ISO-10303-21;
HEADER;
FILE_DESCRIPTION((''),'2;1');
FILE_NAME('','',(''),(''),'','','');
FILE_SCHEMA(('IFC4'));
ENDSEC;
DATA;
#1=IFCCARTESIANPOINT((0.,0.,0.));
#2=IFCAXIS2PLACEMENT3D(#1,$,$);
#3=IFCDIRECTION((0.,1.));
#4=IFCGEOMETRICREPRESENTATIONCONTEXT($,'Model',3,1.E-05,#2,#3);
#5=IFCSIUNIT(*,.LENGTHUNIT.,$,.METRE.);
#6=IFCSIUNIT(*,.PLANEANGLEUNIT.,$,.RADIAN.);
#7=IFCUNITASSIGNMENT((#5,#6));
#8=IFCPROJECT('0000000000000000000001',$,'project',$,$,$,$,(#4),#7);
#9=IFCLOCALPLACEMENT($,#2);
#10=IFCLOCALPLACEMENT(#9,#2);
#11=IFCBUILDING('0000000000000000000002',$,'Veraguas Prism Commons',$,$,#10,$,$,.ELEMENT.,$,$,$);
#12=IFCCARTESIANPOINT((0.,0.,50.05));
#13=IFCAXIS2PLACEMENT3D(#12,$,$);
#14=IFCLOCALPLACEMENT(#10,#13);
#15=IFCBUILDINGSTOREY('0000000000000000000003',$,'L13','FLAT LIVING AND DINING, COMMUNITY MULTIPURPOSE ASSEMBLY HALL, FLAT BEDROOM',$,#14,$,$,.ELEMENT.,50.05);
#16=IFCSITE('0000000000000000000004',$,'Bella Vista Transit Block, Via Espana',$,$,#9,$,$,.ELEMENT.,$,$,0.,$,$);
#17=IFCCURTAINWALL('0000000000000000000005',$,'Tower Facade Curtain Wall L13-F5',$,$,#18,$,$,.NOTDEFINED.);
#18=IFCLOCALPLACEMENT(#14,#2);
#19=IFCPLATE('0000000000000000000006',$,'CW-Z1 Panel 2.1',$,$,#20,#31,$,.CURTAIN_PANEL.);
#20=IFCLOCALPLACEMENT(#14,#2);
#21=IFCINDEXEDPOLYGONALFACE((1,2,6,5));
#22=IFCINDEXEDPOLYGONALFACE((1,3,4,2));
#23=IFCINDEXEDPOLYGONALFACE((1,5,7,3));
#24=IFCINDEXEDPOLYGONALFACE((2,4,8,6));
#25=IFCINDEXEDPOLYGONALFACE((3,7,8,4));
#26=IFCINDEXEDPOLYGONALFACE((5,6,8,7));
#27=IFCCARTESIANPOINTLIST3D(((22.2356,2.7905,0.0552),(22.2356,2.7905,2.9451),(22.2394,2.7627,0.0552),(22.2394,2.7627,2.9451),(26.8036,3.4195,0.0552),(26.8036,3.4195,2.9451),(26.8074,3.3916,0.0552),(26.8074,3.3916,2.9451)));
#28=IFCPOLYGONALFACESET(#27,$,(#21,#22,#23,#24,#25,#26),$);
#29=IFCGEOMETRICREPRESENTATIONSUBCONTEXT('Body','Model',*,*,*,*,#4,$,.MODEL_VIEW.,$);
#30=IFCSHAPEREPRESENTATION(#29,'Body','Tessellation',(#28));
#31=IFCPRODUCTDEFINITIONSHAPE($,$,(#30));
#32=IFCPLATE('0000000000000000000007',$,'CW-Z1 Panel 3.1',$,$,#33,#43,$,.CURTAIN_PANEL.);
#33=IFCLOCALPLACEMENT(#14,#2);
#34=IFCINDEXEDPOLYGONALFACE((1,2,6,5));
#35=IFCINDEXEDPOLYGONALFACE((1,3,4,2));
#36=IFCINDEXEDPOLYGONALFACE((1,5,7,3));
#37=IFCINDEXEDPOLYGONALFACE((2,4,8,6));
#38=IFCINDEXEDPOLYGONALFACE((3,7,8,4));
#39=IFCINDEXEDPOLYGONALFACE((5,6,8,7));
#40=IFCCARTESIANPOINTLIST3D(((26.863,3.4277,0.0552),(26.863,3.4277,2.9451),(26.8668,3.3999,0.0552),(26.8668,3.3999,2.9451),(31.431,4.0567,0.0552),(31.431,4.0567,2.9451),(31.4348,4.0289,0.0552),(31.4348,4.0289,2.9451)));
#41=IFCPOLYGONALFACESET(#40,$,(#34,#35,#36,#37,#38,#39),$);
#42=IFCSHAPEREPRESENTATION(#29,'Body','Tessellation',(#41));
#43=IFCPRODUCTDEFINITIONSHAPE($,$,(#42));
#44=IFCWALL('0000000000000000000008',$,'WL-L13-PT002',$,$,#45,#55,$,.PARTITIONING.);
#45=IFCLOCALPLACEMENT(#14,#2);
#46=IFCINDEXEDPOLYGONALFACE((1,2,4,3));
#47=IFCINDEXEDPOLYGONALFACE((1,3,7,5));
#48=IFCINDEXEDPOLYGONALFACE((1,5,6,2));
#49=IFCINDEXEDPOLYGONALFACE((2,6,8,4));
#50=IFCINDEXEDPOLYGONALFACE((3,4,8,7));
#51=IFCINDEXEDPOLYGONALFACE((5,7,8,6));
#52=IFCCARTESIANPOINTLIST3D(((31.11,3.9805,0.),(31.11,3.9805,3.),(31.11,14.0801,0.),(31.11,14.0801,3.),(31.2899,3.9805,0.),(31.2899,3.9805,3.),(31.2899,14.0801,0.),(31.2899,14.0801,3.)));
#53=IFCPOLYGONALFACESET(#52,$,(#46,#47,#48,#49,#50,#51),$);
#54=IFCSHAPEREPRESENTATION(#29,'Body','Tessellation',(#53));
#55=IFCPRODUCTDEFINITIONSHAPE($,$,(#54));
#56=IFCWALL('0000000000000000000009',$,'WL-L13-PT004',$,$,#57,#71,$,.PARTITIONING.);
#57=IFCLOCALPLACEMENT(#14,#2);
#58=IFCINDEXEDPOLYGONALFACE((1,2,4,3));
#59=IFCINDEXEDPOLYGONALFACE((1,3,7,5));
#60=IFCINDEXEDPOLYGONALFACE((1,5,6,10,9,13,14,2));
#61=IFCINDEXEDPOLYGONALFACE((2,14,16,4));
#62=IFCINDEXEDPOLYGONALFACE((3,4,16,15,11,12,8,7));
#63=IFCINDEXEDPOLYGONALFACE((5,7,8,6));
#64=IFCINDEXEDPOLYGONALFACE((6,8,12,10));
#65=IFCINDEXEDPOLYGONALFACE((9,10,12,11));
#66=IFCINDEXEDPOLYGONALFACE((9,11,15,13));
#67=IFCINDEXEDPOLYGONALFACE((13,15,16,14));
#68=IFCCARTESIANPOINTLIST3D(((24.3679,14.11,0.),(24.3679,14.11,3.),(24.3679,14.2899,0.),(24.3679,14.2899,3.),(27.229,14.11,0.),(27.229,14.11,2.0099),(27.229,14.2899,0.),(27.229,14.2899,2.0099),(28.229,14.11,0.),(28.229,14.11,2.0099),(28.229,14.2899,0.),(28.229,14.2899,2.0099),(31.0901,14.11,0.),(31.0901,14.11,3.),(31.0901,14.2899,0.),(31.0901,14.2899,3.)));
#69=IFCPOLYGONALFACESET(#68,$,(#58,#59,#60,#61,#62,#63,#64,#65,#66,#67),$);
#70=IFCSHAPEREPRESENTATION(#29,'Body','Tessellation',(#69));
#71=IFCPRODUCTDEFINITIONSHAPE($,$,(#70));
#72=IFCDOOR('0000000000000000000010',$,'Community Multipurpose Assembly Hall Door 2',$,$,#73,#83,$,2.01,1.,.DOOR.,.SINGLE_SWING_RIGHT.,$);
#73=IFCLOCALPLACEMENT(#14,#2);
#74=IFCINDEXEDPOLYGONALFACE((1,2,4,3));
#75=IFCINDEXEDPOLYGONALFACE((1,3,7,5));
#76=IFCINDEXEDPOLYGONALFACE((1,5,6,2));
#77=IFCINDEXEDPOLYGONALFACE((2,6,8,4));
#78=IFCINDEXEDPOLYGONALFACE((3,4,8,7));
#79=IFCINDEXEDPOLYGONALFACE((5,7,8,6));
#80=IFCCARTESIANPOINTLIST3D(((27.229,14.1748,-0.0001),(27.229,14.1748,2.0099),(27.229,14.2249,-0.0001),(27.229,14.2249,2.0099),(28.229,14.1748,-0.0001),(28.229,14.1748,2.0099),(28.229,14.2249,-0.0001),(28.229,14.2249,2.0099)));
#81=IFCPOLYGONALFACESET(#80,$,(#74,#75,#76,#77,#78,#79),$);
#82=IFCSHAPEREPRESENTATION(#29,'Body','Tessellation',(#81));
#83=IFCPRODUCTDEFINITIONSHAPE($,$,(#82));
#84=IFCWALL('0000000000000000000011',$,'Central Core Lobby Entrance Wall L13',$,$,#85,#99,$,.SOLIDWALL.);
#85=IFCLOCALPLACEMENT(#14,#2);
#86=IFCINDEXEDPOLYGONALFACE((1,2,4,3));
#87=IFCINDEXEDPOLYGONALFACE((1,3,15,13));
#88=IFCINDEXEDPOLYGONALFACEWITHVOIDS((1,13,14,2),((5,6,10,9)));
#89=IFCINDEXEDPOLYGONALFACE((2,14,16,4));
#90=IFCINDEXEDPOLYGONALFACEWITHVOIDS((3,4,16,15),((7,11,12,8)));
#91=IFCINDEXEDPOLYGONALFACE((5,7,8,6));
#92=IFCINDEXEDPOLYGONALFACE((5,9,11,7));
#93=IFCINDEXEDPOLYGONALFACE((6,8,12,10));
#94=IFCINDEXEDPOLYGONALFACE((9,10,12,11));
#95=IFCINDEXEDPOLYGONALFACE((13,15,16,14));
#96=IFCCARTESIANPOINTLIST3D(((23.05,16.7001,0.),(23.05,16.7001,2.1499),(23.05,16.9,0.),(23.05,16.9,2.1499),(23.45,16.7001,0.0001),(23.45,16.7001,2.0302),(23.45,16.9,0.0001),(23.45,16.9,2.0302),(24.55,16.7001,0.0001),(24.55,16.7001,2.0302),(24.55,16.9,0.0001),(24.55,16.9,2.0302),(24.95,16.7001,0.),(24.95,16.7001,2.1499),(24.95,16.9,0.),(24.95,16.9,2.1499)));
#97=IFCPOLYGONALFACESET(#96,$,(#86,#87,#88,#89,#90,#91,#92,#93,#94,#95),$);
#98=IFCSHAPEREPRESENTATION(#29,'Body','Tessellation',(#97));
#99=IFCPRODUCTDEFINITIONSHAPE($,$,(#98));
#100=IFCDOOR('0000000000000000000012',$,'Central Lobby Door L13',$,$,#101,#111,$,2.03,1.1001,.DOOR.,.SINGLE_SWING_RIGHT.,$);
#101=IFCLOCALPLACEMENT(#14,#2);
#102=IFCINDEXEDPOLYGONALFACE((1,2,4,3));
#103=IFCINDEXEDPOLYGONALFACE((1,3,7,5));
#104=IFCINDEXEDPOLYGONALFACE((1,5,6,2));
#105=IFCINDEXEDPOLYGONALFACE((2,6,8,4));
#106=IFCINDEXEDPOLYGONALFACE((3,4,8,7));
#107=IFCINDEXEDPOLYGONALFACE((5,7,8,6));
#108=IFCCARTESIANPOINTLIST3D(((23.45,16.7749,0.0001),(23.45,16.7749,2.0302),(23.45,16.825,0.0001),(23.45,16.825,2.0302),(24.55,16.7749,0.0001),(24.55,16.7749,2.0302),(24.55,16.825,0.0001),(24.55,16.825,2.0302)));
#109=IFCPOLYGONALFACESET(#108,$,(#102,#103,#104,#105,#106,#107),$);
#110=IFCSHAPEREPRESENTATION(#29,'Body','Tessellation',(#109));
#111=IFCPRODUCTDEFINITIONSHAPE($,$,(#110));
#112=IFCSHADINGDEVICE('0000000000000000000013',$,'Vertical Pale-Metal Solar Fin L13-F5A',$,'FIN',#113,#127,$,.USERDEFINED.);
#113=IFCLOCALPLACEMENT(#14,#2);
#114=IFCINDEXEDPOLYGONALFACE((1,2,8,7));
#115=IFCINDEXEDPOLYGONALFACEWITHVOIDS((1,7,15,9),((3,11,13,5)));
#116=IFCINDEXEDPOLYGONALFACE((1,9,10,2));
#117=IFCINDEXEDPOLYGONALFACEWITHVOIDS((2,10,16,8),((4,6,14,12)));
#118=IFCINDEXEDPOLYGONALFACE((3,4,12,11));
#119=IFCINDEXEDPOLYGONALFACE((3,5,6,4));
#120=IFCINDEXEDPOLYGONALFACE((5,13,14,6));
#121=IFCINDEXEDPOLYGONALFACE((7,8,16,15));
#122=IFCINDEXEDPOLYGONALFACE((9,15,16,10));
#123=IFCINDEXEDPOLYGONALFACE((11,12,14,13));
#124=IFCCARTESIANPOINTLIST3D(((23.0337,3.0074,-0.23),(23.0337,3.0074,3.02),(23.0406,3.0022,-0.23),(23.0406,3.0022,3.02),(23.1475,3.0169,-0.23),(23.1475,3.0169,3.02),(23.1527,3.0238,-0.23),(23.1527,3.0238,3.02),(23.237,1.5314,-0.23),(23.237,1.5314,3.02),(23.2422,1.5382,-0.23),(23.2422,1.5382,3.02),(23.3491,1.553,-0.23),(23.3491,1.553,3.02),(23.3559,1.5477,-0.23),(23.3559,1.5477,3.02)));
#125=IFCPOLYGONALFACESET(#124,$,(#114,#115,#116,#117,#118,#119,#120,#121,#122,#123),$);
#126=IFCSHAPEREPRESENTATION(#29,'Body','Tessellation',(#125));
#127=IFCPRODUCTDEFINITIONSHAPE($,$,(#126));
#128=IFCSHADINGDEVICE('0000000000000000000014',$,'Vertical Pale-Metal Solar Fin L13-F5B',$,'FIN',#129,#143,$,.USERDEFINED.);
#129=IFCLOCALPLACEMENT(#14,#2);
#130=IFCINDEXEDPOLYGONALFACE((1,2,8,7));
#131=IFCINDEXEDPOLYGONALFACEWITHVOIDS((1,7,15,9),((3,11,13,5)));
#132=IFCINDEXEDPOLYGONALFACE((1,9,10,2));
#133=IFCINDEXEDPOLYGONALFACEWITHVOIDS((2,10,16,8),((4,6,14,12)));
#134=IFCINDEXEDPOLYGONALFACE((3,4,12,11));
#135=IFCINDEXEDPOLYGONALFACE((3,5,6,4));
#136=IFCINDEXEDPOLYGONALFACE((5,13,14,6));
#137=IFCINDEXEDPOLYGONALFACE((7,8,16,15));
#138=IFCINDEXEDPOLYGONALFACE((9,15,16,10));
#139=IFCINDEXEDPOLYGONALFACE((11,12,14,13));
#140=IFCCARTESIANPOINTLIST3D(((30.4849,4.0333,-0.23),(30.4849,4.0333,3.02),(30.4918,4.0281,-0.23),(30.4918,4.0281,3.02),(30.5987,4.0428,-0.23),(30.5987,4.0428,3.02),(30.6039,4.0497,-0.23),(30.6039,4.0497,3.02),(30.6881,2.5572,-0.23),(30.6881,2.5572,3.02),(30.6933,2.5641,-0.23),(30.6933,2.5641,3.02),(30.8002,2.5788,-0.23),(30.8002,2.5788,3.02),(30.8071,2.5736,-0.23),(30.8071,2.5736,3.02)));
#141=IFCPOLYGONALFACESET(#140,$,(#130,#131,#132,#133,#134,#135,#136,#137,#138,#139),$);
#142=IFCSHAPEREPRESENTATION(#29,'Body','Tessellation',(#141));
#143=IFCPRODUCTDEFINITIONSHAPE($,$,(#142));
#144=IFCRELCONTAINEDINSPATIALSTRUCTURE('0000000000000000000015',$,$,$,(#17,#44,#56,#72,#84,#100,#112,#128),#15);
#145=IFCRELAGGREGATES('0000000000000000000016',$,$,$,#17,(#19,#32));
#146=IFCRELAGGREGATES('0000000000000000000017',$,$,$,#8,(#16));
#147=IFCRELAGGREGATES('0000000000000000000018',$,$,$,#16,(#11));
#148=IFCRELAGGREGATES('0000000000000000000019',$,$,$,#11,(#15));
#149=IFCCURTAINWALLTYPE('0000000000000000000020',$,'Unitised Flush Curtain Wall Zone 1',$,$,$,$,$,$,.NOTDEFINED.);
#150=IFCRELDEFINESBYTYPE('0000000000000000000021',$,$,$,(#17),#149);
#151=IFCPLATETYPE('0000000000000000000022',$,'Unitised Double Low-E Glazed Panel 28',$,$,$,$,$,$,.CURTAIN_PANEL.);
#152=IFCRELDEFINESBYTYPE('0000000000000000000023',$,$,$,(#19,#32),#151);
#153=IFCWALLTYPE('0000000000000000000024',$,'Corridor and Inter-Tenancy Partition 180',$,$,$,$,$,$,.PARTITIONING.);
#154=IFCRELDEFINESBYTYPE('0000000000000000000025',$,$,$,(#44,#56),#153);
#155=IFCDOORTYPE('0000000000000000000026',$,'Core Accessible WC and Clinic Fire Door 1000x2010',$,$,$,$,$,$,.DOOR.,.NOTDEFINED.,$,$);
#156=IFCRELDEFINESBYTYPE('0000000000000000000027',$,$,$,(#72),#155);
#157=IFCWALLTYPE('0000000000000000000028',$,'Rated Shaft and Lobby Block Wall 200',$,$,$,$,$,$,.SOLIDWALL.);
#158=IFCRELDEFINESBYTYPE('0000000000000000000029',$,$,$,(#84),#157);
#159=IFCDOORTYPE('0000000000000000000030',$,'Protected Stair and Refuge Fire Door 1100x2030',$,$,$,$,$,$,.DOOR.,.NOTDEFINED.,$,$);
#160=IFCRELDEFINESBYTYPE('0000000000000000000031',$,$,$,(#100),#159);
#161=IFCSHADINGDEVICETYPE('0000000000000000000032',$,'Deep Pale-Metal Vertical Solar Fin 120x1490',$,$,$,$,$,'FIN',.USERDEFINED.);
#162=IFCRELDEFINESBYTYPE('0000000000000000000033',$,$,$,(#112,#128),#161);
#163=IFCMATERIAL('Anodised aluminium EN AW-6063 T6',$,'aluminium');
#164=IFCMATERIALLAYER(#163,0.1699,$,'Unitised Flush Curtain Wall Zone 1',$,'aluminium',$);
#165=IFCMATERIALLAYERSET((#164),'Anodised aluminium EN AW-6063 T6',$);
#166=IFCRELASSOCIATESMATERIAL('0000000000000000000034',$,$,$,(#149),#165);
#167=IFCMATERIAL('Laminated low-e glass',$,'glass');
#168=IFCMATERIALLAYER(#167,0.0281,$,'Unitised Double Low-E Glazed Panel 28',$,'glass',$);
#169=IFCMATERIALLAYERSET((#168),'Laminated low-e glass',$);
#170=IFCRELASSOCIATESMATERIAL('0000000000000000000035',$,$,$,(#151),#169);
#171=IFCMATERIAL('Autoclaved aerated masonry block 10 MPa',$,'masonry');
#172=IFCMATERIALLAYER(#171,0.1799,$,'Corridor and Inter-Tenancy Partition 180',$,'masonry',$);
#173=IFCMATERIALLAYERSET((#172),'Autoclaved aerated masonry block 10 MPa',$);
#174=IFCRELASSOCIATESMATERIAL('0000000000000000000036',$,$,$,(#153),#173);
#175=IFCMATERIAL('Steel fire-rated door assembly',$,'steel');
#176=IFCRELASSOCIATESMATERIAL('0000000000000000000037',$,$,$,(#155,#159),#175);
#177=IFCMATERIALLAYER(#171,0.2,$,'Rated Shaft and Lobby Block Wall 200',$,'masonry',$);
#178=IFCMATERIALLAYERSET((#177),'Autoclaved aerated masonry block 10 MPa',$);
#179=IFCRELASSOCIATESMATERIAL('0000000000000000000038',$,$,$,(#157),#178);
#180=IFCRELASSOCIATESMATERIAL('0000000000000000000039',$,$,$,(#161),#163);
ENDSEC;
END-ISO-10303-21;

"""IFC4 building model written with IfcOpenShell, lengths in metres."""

from ifc_helpers import new_model, si_unit, direction, frame, frame_2d, origin, origin_2d, place, context, subcontext, project, spatial, rectangle, hollow_rectangle, extrude, source, transform, mapped, material, layer, layer_set, material_profile, profile_set, type_object, element, fill, aggregate, save


model = new_model("IFC4")

# Units and contexts
model_context = context("Model", 3, precision=1e-05, world=origin(), true_north=direction((0.0, 1.0)))
body_context = subcontext(model_context, "Body", "Model", "MODEL_VIEW")
ifc_project = project(units=[si_unit("LENGTHUNIT", "METRE"), si_unit("PLANEANGLEUNIT", "RADIAN")], contexts=[model_context])

# Site, building, storey
site_placement = place(None, origin())
site = spatial("IfcSite", under=ifc_project, at=site_placement, Name="Bella Vista Transit Block, Via Espana", CompositionType="ELEMENT", RefElevation=0.0)
building_placement = place(site_placement, origin())
building = spatial("IfcBuilding", under=site, at=building_placement, Name="Veraguas Prism Commons", CompositionType="ELEMENT")
storey_placement = place(building_placement, frame((0.0, 0.0, 50.05)))
storey = spatial("IfcBuildingStorey", under=building, at=storey_placement, Name="L13", Description="FLAT LIVING AND DINING, COMMUNITY MULTIPURPOSE ASSEMBLY HALL, FLAT BEDROOM", CompositionType="ELEMENT", Elevation=50.05)

# Curtain wall, plates
ifc_material_1 = material(Name="Anodised aluminium EN AW-6063 T6", Category="aluminium")
ifc_layer_1 = layer(ifc_material_1, 0.1699, Name="Unitised Flush Curtain Wall Zone 1", Category="aluminium")
ifc_layer_set_1 = layer_set([ifc_layer_1], Name="Anodised aluminium EN AW-6063 T6")
curtain_wall_type = type_object("IfcCurtainWallType", Name="Unitised Flush Curtain Wall Zone 1", PredefinedType="NOTDEFINED", material=ifc_layer_set_1)
curtain_wall_placement = place(storey_placement, origin())
curtain_wall = element("IfcCurtainWall", 1, at=curtain_wall_placement, inside=storey, type_object=curtain_wall_type, Name="Tower Facade Curtain Wall L13-F5", PredefinedType="NOTDEFINED")
ifc_material_2 = material(Name="Laminated low-e glass", Category="glass")
ifc_layer_2 = layer(ifc_material_2, 0.0281, Name="Unitised Double Low-E Glazed Panel 28", Category="glass")
ifc_layer_set_2 = layer_set([ifc_layer_2], Name="Laminated low-e glass")
plate_type = type_object("IfcPlateType", Name="Unitised Double Low-E Glazed Panel 28", PredefinedType="CURTAIN_PANEL", material=ifc_layer_set_2)
shared_shape_1 = source(origin(), body_context, "Body", "SweptSolid", [
    extrude(rectangle(XDim=4.6111, YDim=0.0281, at=origin_2d()), origin(), (0.0, 0.0, 1.0), 2.8899),
])
plate_1_placement = place(storey_placement, frame((24.5215, 3.0911, 0.0552), z_axis=(0.0, 0.0, 1.0), x_axis=(0.990653, 0.136405, 0.0)))
plate_1 = element("IfcPlate", 2, at=plate_1_placement, type_object=plate_type, Name="CW-Z1 Panel 2.1", PredefinedType="CURTAIN_PANEL", context=body_context, shape_type="MappedRepresentation", body=[
    mapped(shared_shape_1, transform((0.0, 0.0, 0.0), scale=1.0)),
])
plate_2_placement = place(storey_placement, frame((29.1489, 3.7283, 0.0552), z_axis=(0.0, 0.0, 1.0), x_axis=(0.990653, 0.136405, 0.0)))
plate_2 = element("IfcPlate", 3, at=plate_2_placement, type_object=plate_type, Name="CW-Z1 Panel 3.1", PredefinedType="CURTAIN_PANEL", context=body_context, shape_type="MappedRepresentation", body=[
    mapped(shared_shape_1, transform((0.0, 0.0, 0.0), scale=1.0)),
])
aggregate(curtain_wall, [plate_1, plate_2])

# Wall
ifc_material_3 = material(Name="Autoclaved aerated masonry block 10 MPa", Category="masonry")
ifc_layer_3 = layer(ifc_material_3, 0.1799, Name="Corridor and Inter-Tenancy Partition 180", Category="masonry")
ifc_layer_set_3 = layer_set([ifc_layer_3], Name="Autoclaved aerated masonry block 10 MPa")
wall_type_1 = type_object("IfcWallType", Name="Corridor and Inter-Tenancy Partition 180", PredefinedType="PARTITIONING", material=ifc_layer_set_3)
wall_1_placement = place(storey_placement, frame((31.2, 14.0801, 0.0), z_axis=(0.0, 0.0, 1.0), x_axis=(0.0, -1.0, 0.0)))
element("IfcWall", 4, at=wall_1_placement, inside=storey, type_object=wall_type_1, Name="WL-L13-PT002", PredefinedType="PARTITIONING", context=body_context, shape_type="SweptSolid", body=[
    extrude(rectangle(XDim=10.0996, YDim=0.1799, at=frame_2d((5.0498, 0.0))), origin(), (0.0, 0.0, 1.0), 3.0),
])

# Walls, openings, doors
wall_2_placement = place(storey_placement, frame((24.3679, 14.2, 0.0), z_axis=(0.0, 0.0, 1.0), x_axis=(1.0, 0.0, 0.0)))
wall_2 = element("IfcWall", 5, at=wall_2_placement, inside=storey, type_object=wall_type_1, Name="WL-L13-PT004", PredefinedType="PARTITIONING", context=body_context, shape_type="SweptSolid", body=[
    extrude(rectangle(XDim=6.7222, YDim=0.1799, at=frame_2d((3.3611, 0.0))), origin(), (0.0, 0.0, 1.0), 3.0),
])
opening_1_placement = place(wall_2_placement, frame((2.8611, 0.0, 0.0)))
opening_1 = element("IfcOpeningElement", 6, at=opening_1_placement, cuts=wall_2, PredefinedType="OPENING", context=body_context, shape_type="SweptSolid", body=[
    extrude(rectangle(XDim=1.0, YDim=2.01, at=frame_2d((0.5, 1.0049))), frame((0.0, 0.0999, 0.0), z_axis=(0.0, -1.0, 0.0), x_axis=(1.0, 0.0, 0.0)), (0.0, 0.0, 1.0), 0.2),
])
ifc_material_4 = material(Name="Steel fire-rated door assembly", Category="steel")
door_type_1 = type_object("IfcDoorType", Name="Core Accessible WC and Clinic Fire Door 1000x2010", OperationType="NOTDEFINED", PredefinedType="DOOR", material=ifc_material_4)
shared_shape_2 = source(origin(), body_context, "Body", "SweptSolid", [
    extrude(rectangle(XDim=1.0, YDim=2.01, at=frame_2d((0.5, 1.0049))), frame((0.0, 0.0249, 0.0), z_axis=(0.0, -1.0, 0.0), x_axis=(1.0, 0.0, 0.0)), (0.0, 0.0, 1.0), 0.05),
])
door_1_placement = place(opening_1_placement, origin())
door_1 = element("IfcDoor", 7, at=door_1_placement, inside=storey, type_object=door_type_1, Name="Community Multipurpose Assembly Hall Door 2", OperationType="SINGLE_SWING_RIGHT", OverallHeight=2.01, OverallWidth=1.0, PredefinedType="DOOR", context=body_context, shape_type="MappedRepresentation", body=[
    mapped(shared_shape_2, transform((0.0, 0.0, 0.0), scale=1.0)),
])
fill(opening_1, door_1)
ifc_layer_4 = layer(ifc_material_3, 0.2, Name="Rated Shaft and Lobby Block Wall 200", Category="masonry")
ifc_layer_set_4 = layer_set([ifc_layer_4], Name="Autoclaved aerated masonry block 10 MPa")
wall_type_2 = type_object("IfcWallType", Name="Rated Shaft and Lobby Block Wall 200", PredefinedType="SOLIDWALL", material=ifc_layer_set_4)
wall_3_placement = place(storey_placement, frame((23.05, 16.8, 0.0), z_axis=(0.0, 0.0, 1.0), x_axis=(1.0, 0.0, 0.0)))
wall_3 = element("IfcWall", 8, at=wall_3_placement, inside=storey, type_object=wall_type_2, Name="Central Core Lobby Entrance Wall L13", PredefinedType="SOLIDWALL", context=body_context, shape_type="SweptSolid", body=[
    extrude(rectangle(XDim=1.8999, YDim=0.2, at=frame_2d((0.95, 0.0))), origin(), (0.0, 0.0, 1.0), 2.1499),
])
opening_2_placement = place(wall_3_placement, frame((0.3999, 0.0, 0.0)))
opening_2 = element("IfcOpeningElement", 9, at=opening_2_placement, cuts=wall_3, PredefinedType="OPENING", context=body_context, shape_type="SweptSolid", body=[
    extrude(rectangle(XDim=1.1001, YDim=2.03, at=frame_2d((0.55, 1.0151))), frame((0.0, 0.1099, 0.0), z_axis=(0.0, -1.0, 0.0), x_axis=(1.0, 0.0, 0.0)), (0.0, 0.0, 1.0), 0.22),
])
door_type_2 = type_object("IfcDoorType", Name="Protected Stair and Refuge Fire Door 1100x2030", OperationType="NOTDEFINED", PredefinedType="DOOR", material=ifc_material_4)
shared_shape_3 = source(origin(), body_context, "Body", "SweptSolid", [
    extrude(rectangle(XDim=1.1001, YDim=2.03, at=frame_2d((0.55, 1.0151))), frame((0.0, 0.0249, 0.0), z_axis=(0.0, -1.0, 0.0), x_axis=(1.0, 0.0, 0.0)), (0.0, 0.0, 1.0), 0.05),
])
door_2_placement = place(opening_2_placement, origin())
door_2 = element("IfcDoor", 10, at=door_2_placement, inside=storey, type_object=door_type_2, Name="Central Lobby Door L13", OperationType="SINGLE_SWING_RIGHT", OverallHeight=2.03, OverallWidth=1.1001, PredefinedType="DOOR", context=body_context, shape_type="MappedRepresentation", body=[
    mapped(shared_shape_3, transform((0.0, 0.0, 0.0), scale=1.0)),
])
fill(opening_2, door_2)

# Shading devices
ifc_material_profile_1 = material_profile(ifc_material_1, hollow_rectangle(XDim=0.1201, YDim=1.49, WallThickness=0.0061, at=origin_2d()), Name="FIN120X1490X6")
ifc_profile_set_1 = profile_set([ifc_material_profile_1], Name="Anodised aluminium EN AW-6063 T6")
shading_device_type = type_object("IfcShadingDeviceType", Name="Deep Pale-Metal Vertical Solar Fin 120x1490", ElementType="FIN", PredefinedType="USERDEFINED", material=ifc_profile_set_1)
for number, where, z_axis, x_axis, name in (
    (11, (23.1948, 2.2776, -0.23), (0.0, 0.0, 1.0), (0.990653, 0.136409, 0.0), "Vertical Pale-Metal Solar Fin L13-F5A"),
    (12, (30.646, 3.3035, -0.23), (0.0, 0.0, 1.0), (0.990653, 0.136409, 0.0), "Vertical Pale-Metal Solar Fin L13-F5B"),
):
    element("IfcShadingDevice", number, at=place(storey_placement, frame(where, z_axis=z_axis, x_axis=x_axis)), inside=storey, type_object=shading_device_type, Name=name, ObjectType="FIN", PredefinedType="USERDEFINED", context=body_context, shape_type="SweptSolid", body=[
        extrude(hollow_rectangle(XDim=0.1201, YDim=1.49, WallThickness=0.0061, at=origin_2d()), origin(), (0.0, 0.0, 1.0), 3.25),
    ])

save(model, "model.ifc")
